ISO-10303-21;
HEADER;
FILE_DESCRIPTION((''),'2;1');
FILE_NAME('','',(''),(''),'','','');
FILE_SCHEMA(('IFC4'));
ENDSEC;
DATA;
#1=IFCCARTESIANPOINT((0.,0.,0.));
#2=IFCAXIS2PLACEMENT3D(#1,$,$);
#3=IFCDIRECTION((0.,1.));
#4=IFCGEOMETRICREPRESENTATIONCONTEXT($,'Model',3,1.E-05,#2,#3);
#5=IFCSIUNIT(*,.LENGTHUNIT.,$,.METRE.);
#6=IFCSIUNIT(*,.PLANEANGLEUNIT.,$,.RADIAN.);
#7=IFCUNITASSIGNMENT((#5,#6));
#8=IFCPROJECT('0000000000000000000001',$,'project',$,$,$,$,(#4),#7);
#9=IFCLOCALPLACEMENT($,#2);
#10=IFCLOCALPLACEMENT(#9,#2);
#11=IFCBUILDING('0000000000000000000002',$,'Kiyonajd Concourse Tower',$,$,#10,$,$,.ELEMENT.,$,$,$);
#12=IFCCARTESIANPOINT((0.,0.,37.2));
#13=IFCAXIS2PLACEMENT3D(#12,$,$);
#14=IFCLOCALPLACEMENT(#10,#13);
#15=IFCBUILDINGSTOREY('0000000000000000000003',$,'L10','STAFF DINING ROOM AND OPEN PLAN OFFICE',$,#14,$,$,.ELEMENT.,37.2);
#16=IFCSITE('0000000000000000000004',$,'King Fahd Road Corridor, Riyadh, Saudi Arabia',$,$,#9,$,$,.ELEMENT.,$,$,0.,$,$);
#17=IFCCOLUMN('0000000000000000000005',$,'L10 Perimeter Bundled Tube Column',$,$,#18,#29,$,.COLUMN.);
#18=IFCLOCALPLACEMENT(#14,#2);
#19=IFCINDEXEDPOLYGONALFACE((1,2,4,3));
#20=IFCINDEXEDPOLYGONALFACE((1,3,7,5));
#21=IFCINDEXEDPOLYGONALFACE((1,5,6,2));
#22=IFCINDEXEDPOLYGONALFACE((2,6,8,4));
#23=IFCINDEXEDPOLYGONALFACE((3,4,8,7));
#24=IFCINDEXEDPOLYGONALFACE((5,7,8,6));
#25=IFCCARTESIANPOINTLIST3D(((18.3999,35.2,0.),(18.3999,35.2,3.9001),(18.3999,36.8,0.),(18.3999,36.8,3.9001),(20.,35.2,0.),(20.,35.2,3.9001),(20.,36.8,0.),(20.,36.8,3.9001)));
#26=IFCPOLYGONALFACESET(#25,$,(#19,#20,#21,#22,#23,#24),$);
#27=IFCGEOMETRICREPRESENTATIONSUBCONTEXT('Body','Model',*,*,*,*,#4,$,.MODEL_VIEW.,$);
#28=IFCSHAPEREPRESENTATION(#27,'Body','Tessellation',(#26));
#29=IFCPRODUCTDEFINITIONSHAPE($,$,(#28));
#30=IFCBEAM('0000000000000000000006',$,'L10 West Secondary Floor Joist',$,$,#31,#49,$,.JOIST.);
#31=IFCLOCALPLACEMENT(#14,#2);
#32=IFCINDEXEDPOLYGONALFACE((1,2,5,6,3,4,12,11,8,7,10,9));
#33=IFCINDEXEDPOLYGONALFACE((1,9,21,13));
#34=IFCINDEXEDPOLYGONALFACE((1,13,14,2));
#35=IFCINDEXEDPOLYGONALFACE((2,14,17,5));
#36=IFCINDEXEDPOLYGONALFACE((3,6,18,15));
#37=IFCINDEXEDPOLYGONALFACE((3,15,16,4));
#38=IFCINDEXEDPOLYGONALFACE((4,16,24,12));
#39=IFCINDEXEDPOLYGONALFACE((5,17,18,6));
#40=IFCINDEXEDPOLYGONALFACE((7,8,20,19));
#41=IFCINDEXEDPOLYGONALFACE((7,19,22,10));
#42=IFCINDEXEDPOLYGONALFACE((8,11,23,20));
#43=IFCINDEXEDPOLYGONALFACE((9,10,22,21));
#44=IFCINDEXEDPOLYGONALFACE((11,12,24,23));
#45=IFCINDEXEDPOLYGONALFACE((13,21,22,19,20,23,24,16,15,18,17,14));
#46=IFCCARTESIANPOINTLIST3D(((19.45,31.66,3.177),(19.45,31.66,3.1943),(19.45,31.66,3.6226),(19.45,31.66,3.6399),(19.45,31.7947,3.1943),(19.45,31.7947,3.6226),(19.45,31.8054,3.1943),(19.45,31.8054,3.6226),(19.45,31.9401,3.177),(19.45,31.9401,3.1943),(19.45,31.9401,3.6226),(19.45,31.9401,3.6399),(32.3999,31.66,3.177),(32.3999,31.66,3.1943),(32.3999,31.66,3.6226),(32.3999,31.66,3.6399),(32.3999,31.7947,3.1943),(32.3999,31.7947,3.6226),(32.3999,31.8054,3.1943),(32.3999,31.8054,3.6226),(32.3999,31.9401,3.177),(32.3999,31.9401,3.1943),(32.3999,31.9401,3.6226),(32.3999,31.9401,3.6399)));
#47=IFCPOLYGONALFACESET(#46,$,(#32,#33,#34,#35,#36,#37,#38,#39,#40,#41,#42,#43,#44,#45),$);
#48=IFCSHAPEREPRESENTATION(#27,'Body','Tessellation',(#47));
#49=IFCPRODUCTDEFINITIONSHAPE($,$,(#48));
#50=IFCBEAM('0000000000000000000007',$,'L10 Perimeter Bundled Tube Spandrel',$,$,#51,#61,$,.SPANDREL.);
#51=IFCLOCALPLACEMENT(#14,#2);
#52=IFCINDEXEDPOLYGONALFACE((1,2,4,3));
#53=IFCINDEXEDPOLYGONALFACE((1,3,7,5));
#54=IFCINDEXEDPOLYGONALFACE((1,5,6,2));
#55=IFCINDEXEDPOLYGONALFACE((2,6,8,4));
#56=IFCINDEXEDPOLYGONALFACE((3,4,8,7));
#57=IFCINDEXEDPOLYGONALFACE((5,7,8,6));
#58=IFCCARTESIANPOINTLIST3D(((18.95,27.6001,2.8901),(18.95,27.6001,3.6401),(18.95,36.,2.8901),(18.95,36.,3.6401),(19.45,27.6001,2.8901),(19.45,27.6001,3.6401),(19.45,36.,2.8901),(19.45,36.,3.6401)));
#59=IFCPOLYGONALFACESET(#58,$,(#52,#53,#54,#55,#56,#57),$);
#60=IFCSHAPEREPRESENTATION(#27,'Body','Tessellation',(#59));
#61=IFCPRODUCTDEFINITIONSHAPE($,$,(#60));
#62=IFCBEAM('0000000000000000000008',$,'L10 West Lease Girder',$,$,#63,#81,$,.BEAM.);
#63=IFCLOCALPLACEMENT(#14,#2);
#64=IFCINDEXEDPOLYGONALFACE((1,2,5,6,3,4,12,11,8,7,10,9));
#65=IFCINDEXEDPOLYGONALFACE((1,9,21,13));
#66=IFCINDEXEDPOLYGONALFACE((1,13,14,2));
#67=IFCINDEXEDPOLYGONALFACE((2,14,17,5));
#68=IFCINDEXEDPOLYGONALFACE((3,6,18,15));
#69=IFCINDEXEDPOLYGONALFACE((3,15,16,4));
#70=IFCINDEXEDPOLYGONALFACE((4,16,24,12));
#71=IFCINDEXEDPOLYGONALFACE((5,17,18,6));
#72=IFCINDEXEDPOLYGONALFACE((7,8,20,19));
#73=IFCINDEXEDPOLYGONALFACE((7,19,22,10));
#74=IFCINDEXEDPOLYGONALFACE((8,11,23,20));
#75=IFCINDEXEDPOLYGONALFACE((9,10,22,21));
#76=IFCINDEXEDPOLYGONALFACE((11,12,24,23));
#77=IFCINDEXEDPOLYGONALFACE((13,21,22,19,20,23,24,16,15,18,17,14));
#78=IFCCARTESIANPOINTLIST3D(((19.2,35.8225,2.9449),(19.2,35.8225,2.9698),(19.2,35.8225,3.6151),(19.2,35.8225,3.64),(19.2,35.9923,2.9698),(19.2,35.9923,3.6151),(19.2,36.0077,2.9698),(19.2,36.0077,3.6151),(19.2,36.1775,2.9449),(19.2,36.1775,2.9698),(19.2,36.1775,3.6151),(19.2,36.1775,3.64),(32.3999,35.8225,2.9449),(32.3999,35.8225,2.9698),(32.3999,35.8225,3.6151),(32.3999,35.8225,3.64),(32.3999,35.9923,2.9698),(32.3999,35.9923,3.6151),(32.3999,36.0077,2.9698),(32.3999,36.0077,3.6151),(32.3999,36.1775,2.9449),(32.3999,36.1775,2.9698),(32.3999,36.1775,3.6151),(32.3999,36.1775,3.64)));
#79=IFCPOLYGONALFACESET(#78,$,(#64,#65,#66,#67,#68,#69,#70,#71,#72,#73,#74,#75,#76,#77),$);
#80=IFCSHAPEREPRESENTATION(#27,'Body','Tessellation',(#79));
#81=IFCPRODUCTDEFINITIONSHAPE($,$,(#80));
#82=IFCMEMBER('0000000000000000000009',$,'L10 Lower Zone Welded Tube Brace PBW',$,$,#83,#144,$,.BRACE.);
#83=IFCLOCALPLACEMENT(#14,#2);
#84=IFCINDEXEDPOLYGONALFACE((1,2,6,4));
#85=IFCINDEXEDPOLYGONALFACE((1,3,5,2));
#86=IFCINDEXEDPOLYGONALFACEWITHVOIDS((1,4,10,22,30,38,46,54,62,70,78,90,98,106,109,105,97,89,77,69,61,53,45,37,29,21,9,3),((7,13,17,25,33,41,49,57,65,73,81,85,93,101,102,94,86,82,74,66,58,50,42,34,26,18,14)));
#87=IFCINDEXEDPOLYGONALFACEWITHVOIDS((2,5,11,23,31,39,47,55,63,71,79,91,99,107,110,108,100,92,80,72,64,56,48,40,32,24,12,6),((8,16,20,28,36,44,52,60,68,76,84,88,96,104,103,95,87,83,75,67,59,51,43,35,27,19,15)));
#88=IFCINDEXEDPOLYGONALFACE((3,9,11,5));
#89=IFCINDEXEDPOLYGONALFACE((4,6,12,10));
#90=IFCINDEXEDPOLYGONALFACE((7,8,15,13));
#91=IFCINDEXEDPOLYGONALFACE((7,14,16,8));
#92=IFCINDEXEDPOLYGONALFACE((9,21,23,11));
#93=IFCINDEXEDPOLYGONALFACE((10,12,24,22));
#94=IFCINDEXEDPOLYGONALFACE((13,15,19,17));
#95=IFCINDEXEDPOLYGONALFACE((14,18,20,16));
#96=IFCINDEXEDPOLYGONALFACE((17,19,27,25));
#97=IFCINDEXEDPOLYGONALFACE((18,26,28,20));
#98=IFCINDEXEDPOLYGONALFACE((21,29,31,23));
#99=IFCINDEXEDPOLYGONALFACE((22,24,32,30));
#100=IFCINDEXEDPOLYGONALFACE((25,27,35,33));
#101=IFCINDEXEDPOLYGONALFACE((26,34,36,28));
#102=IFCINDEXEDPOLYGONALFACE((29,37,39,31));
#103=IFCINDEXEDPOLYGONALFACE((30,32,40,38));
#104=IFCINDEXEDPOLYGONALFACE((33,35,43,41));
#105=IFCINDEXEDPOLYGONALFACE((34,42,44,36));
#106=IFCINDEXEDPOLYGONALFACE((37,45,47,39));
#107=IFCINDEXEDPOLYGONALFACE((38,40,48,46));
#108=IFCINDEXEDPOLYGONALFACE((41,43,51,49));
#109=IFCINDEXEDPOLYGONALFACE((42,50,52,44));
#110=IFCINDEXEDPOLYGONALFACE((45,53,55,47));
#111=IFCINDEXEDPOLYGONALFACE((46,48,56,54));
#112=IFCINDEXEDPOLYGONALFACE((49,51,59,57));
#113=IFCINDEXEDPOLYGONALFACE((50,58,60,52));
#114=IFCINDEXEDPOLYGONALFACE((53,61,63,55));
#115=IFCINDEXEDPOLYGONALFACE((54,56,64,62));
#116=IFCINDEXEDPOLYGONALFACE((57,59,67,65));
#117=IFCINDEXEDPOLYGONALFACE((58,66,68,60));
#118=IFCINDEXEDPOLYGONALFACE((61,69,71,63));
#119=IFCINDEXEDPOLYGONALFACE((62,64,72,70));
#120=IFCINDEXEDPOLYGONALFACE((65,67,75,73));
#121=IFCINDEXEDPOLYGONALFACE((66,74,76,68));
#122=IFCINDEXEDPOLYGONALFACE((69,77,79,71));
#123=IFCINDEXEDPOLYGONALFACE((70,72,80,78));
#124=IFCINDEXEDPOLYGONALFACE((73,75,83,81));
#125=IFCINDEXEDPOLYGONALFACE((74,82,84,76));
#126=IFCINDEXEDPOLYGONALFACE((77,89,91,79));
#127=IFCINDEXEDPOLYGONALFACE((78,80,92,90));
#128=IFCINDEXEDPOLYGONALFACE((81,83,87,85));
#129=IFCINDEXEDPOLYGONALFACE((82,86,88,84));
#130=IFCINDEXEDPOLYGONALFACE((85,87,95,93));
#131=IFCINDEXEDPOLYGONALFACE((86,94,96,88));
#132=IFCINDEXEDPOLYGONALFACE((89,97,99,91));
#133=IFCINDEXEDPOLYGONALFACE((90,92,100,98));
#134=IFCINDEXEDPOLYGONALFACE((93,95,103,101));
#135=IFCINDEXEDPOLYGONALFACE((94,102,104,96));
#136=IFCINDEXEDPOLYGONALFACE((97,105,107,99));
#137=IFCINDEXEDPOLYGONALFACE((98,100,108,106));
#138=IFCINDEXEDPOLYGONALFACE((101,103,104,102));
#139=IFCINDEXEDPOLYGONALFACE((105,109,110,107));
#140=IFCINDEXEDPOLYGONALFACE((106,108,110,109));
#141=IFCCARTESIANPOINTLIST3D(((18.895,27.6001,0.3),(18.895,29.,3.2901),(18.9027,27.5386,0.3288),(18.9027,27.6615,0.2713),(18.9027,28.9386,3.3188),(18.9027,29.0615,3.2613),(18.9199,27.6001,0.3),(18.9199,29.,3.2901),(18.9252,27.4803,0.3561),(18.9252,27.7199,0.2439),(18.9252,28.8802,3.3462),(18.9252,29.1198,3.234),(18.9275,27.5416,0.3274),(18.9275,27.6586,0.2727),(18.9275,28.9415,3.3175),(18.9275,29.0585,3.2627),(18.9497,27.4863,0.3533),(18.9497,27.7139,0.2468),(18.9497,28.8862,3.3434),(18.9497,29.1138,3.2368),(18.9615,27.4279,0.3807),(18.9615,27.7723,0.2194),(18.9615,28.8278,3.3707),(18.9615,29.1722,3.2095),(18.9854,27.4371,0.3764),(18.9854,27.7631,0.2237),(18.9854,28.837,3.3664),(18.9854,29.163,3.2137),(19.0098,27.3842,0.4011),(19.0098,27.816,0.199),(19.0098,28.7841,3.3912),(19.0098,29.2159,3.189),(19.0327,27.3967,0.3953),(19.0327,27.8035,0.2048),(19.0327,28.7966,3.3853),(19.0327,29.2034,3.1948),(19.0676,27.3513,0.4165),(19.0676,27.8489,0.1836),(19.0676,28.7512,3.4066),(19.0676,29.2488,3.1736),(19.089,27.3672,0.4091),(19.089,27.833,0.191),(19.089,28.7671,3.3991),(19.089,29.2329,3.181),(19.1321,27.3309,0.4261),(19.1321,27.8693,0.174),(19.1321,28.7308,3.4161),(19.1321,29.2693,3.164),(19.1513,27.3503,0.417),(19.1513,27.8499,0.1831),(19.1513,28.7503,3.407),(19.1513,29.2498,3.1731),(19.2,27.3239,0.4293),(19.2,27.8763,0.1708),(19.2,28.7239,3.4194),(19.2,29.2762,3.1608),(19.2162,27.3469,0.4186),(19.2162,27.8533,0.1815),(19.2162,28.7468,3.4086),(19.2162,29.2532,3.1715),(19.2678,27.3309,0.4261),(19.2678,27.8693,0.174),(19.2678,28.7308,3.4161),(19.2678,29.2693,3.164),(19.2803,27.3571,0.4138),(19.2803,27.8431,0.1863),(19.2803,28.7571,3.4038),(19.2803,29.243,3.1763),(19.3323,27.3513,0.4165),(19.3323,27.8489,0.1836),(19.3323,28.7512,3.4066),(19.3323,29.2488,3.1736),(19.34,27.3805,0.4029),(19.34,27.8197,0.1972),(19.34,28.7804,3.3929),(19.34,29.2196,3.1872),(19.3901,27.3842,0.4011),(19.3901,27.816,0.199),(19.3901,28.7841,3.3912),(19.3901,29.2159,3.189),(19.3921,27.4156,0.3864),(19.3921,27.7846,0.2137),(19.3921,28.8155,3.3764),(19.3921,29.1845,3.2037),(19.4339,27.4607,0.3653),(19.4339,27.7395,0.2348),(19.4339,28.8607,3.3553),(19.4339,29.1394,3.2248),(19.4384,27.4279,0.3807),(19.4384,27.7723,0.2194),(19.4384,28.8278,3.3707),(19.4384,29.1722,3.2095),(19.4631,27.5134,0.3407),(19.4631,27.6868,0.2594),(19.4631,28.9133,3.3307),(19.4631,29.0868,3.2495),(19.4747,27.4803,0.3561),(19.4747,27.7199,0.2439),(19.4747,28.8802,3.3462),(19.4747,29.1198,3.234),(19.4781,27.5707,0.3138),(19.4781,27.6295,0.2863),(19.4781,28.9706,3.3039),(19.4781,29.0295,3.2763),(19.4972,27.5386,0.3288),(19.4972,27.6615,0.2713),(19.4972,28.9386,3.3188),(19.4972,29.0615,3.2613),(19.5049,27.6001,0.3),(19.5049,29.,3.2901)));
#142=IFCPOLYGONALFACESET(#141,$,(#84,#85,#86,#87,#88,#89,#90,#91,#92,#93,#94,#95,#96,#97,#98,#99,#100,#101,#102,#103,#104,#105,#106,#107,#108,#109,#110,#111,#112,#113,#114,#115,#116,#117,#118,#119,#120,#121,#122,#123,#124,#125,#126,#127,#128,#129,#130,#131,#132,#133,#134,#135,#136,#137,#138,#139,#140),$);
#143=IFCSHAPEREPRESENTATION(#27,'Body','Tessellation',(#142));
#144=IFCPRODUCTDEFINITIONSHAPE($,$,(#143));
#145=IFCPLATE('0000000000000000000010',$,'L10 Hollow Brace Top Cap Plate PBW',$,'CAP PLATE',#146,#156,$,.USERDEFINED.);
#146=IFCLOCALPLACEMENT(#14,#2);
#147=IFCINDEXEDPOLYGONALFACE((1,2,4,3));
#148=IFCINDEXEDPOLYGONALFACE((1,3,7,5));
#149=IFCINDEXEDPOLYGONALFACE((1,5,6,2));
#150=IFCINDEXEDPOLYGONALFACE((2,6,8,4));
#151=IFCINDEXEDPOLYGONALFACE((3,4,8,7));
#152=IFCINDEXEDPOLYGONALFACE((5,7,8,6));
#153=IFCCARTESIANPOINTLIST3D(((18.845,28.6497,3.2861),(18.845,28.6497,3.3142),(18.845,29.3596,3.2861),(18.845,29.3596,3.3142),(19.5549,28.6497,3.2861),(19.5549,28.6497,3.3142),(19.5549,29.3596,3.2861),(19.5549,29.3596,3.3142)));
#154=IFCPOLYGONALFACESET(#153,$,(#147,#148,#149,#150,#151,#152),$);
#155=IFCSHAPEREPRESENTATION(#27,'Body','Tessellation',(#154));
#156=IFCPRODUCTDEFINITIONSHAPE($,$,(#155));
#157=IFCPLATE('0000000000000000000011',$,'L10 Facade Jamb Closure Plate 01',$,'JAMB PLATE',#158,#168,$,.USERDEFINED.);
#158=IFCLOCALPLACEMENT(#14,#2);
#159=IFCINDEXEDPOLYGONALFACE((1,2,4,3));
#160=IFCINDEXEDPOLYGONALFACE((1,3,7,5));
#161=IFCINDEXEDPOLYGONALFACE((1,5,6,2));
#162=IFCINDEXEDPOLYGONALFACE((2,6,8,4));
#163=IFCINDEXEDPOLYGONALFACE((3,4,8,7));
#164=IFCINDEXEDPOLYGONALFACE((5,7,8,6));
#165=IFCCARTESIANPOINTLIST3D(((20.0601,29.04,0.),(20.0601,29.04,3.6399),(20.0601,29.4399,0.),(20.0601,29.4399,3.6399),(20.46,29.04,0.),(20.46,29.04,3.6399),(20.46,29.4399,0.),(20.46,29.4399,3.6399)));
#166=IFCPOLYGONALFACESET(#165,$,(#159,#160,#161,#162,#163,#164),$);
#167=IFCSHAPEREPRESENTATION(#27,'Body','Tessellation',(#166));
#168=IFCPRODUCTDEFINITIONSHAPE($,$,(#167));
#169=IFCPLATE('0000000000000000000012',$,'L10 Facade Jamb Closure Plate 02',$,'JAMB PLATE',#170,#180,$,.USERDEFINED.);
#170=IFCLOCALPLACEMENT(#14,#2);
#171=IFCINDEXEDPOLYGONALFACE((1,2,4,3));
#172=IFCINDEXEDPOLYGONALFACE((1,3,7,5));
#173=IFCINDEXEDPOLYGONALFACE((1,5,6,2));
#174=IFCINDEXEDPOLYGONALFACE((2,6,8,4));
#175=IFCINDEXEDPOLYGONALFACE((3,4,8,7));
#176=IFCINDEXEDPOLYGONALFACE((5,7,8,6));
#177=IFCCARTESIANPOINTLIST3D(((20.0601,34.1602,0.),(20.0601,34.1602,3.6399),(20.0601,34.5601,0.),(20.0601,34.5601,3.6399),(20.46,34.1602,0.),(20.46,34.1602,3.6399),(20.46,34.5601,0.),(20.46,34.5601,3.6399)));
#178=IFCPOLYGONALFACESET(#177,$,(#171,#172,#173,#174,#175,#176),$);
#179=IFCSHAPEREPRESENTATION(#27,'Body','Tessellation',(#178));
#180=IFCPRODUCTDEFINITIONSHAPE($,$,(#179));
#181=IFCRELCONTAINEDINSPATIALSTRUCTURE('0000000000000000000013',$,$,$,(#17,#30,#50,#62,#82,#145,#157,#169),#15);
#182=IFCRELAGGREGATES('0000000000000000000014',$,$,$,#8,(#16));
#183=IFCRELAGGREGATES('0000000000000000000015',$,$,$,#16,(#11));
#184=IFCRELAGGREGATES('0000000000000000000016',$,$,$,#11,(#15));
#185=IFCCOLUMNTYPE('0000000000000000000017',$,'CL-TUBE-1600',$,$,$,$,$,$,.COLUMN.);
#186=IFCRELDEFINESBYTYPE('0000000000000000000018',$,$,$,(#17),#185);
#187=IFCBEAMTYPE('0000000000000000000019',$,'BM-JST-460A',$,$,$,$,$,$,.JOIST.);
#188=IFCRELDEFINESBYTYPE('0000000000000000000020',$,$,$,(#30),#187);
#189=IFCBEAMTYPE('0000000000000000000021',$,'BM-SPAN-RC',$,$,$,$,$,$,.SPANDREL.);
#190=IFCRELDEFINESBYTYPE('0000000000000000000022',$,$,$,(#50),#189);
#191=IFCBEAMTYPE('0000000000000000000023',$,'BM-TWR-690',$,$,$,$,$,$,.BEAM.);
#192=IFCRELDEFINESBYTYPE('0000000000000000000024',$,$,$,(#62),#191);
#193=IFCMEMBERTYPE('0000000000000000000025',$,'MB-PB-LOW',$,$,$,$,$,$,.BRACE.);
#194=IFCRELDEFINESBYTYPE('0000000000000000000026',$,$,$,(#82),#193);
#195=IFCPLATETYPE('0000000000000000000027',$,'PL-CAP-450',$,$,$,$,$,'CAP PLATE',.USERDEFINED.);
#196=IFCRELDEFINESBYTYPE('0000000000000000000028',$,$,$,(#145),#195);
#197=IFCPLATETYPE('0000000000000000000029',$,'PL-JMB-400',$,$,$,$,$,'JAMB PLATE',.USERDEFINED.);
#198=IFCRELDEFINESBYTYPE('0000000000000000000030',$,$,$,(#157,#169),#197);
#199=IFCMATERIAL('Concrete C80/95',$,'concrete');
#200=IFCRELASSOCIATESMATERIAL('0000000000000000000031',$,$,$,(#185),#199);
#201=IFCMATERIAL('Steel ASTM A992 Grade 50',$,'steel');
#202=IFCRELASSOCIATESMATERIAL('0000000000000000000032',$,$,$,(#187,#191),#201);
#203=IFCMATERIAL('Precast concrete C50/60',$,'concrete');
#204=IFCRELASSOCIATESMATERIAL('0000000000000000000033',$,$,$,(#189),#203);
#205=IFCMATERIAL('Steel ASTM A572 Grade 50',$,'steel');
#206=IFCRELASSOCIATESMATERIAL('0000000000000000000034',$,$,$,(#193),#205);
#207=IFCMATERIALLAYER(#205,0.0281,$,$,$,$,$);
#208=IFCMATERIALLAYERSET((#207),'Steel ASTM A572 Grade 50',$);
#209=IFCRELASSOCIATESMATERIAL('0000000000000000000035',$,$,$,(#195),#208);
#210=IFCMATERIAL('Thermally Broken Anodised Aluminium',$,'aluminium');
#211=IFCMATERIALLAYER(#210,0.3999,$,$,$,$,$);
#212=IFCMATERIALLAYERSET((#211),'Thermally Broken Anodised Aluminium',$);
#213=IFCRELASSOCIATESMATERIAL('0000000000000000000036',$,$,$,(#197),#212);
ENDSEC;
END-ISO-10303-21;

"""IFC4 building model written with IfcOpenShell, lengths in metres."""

from ifc_helpers import new_model, si_unit, direction, frame, origin, origin_2d, place, context, subcontext, project, spatial, rectangle, hollow_circle, i_section, extrude, material, layer, layer_set, material_profile, profile_set, type_object, element, save


model = new_model("IFC4")

# Units and contexts
model_context = context("Model", 3, precision=1e-05, world=origin(), true_north=direction((0.0, 1.0)))
body_context = subcontext(model_context, "Body", "Model", "MODEL_VIEW")
ifc_project = project(units=[si_unit("LENGTHUNIT", "METRE"), si_unit("PLANEANGLEUNIT", "RADIAN")], contexts=[model_context])

# Site, building, storey
site_placement = place(None, origin())
site = spatial("IfcSite", under=ifc_project, at=site_placement, Name="King Fahd Road Corridor, Riyadh, Saudi Arabia", CompositionType="ELEMENT", RefElevation=0.0)
building_placement = place(site_placement, origin())
building = spatial("IfcBuilding", under=site, at=building_placement, Name="Kiyonajd Concourse Tower", CompositionType="ELEMENT")
storey_placement = place(building_placement, frame((0.0, 0.0, 37.2)))
storey = spatial("IfcBuildingStorey", under=building, at=storey_placement, Name="L10", Description="STAFF DINING ROOM AND OPEN PLAN OFFICE", CompositionType="ELEMENT", Elevation=37.2)

# Column
ifc_material_1 = material(Name="Concrete C80/95", Category="concrete")
ifc_material_profile_1 = material_profile(ifc_material_1, rectangle(XDim=1.6001, YDim=1.6001, at=origin_2d()), Name="RC-1600x1600")
ifc_profile_set_1 = profile_set([ifc_material_profile_1], Name="Concrete C80/95")
column_type = type_object("IfcColumnType", Name="CL-TUBE-1600", PredefinedType="COLUMN", material=ifc_profile_set_1)
column_placement = place(storey_placement, frame((19.2, 36.0, 0.0), z_axis=(0.0, 0.0, 1.0), x_axis=(1.0, 0.0, 0.0)))
element("IfcColumn", 1, at=column_placement, inside=storey, type_object=column_type, Name="L10 Perimeter Bundled Tube Column", PredefinedType="COLUMN", context=body_context, shape_type="SweptSolid", body=[
    extrude(rectangle(XDim=1.6001, YDim=1.6001, at=origin_2d()), origin(), (0.0, 0.0, 1.0), 3.9001),
])

# Beams
ifc_material_2 = material(Name="Steel ASTM A992 Grade 50", Category="steel")
ifc_material_profile_2 = material_profile(ifc_material_2, i_section(OverallWidth=0.28, OverallDepth=0.4629, WebThickness=0.0107, FlangeThickness=0.0173, at=origin_2d()), Name="W460X113")
ifc_profile_set_2 = profile_set([ifc_material_profile_2], Name="Steel ASTM A992 Grade 50")
beam_type_1 = type_object("IfcBeamType", Name="BM-JST-460A", PredefinedType="JOIST", material=ifc_profile_set_2)
beam_1_placement = place(storey_placement, frame((19.45, 31.8, 3.4084), z_axis=(1.0, 0.0, 0.0), x_axis=(0.0, 1.0, 0.0)))
element("IfcBeam", 2, at=beam_1_placement, inside=storey, type_object=beam_type_1, Name="L10 West Secondary Floor Joist", PredefinedType="JOIST", context=body_context, shape_type="SweptSolid", body=[
    extrude(i_section(OverallWidth=0.28, OverallDepth=0.4629, WebThickness=0.0107, FlangeThickness=0.0173, at=origin_2d()), origin(), (0.0, 0.0, 1.0), 12.95),
])
ifc_material_3 = material(Name="Precast concrete C50/60", Category="concrete")
ifc_material_profile_3 = material_profile(ifc_material_3, rectangle(XDim=0.5, YDim=0.75, at=origin_2d()), Name="RCBM-500x750")
ifc_profile_set_3 = profile_set([ifc_material_profile_3], Name="Precast concrete C50/60")
beam_type_2 = type_object("IfcBeamType", Name="BM-SPAN-RC", PredefinedType="SPANDREL", material=ifc_profile_set_3)
beam_2_placement = place(storey_placement, frame((19.2, 36.0, 3.2651), z_axis=(0.0, -1.0, 0.0), x_axis=(1.0, 0.0, 0.0)))
element("IfcBeam", 3, at=beam_2_placement, inside=storey, type_object=beam_type_2, Name="L10 Perimeter Bundled Tube Spandrel", PredefinedType="SPANDREL", context=body_context, shape_type="SweptSolid", body=[
    extrude(rectangle(XDim=0.5, YDim=0.75, at=origin_2d()), origin(), (0.0, 0.0, 1.0), 8.3999),
])
ifc_material_profile_4 = material_profile(ifc_material_2, i_section(OverallWidth=0.355, OverallDepth=0.6951, WebThickness=0.0154, FlangeThickness=0.0249, at=origin_2d()), Name="W690X217")
ifc_profile_set_4 = profile_set([ifc_material_profile_4], Name="Steel ASTM A992 Grade 50")
beam_type_3 = type_object("IfcBeamType", Name="BM-TWR-690", PredefinedType="BEAM", material=ifc_profile_set_4)
beam_3_placement = place(storey_placement, frame((19.2, 36.0, 3.2925), z_axis=(1.0, 0.0, 0.0), x_axis=(0.0, 1.0, 0.0)))
element("IfcBeam", 4, at=beam_3_placement, inside=storey, type_object=beam_type_3, Name="L10 West Lease Girder", PredefinedType="BEAM", context=body_context, shape_type="SweptSolid", body=[
    extrude(i_section(OverallWidth=0.355, OverallDepth=0.6951, WebThickness=0.0154, FlangeThickness=0.0249, at=origin_2d()), origin(), (0.0, 0.0, 1.0), 13.2),
])

# Member
ifc_material_4 = material(Name="Steel ASTM A572 Grade 50", Category="steel")
ifc_material_profile_5 = material_profile(ifc_material_4, hollow_circle(Radius=0.3049, WallThickness=0.0249, at=origin_2d()), Name="CHS-610x25")
ifc_profile_set_5 = profile_set([ifc_material_profile_5], Name="Steel ASTM A572 Grade 50")
member_type = type_object("IfcMemberType", Name="MB-PB-LOW", PredefinedType="BRACE", material=ifc_profile_set_5)
member_placement = place(storey_placement, frame((19.2, 27.6001, 0.3), z_axis=(0.0, 0.424023, 0.905652), x_axis=(-1.0, 0.0, 0.0)))
element("IfcMember", 5, at=member_placement, inside=storey, type_object=member_type, Name="L10 Lower Zone Welded Tube Brace PBW", PredefinedType="BRACE", context=body_context, shape_type="SweptSolid", body=[
    extrude(hollow_circle(Radius=0.3049, WallThickness=0.0249, at=origin_2d()), origin(), (0.0, 0.0, 1.0), 3.3015),
])

# Plates
ifc_layer_1 = layer(ifc_material_4, 0.0281)
ifc_layer_set_1 = layer_set([ifc_layer_1], Name="Steel ASTM A572 Grade 50")
plate_type_1 = type_object("IfcPlateType", Name="PL-CAP-450", ElementType="CAP PLATE", PredefinedType="USERDEFINED", material=ifc_layer_set_1)
plate_placement = place(storey_placement, frame((19.2, 29.0046, 3.2861), z_axis=(0.0, 0.0, 1.0), x_axis=(1.0, 0.0, 0.0)))
element("IfcPlate", 6, at=plate_placement, inside=storey, type_object=plate_type_1, Name="L10 Hollow Brace Top Cap Plate PBW", ObjectType="CAP PLATE", PredefinedType="USERDEFINED", context=body_context, shape_type="SweptSolid", body=[
    extrude(rectangle(XDim=0.71, YDim=0.71, at=origin_2d()), origin(), (0.0, 0.0, 1.0), 0.0281),
])
ifc_material_5 = material(Name="Thermally Broken Anodised Aluminium", Category="aluminium")
ifc_layer_2 = layer(ifc_material_5, 0.3999)
ifc_layer_set_2 = layer_set([ifc_layer_2], Name="Thermally Broken Anodised Aluminium")
plate_type_2 = type_object("IfcPlateType", Name="PL-JMB-400", ElementType="JAMB PLATE", PredefinedType="USERDEFINED", material=ifc_layer_set_2)
for number, where, z_axis, x_axis, name in (
    (7, (20.26, 29.24, 0.0), (0.0, 0.0, 1.0), (1.0, 0.0, 0.0), "L10 Facade Jamb Closure Plate 01"),
    (8, (20.26, 34.3601, 0.0), (0.0, 0.0, 1.0), (1.0, 0.0, 0.0), "L10 Facade Jamb Closure Plate 02"),
):
    element("IfcPlate", number, at=place(storey_placement, frame(where, z_axis=z_axis, x_axis=x_axis)), inside=storey, type_object=plate_type_2, Name=name, ObjectType="JAMB PLATE", PredefinedType="USERDEFINED", context=body_context, shape_type="SweptSolid", body=[
        extrude(rectangle(XDim=0.3999, YDim=0.3999, at=origin_2d()), origin(), (0.0, 0.0, 1.0), 3.6399),
    ])

save(model, "model.ifc")
